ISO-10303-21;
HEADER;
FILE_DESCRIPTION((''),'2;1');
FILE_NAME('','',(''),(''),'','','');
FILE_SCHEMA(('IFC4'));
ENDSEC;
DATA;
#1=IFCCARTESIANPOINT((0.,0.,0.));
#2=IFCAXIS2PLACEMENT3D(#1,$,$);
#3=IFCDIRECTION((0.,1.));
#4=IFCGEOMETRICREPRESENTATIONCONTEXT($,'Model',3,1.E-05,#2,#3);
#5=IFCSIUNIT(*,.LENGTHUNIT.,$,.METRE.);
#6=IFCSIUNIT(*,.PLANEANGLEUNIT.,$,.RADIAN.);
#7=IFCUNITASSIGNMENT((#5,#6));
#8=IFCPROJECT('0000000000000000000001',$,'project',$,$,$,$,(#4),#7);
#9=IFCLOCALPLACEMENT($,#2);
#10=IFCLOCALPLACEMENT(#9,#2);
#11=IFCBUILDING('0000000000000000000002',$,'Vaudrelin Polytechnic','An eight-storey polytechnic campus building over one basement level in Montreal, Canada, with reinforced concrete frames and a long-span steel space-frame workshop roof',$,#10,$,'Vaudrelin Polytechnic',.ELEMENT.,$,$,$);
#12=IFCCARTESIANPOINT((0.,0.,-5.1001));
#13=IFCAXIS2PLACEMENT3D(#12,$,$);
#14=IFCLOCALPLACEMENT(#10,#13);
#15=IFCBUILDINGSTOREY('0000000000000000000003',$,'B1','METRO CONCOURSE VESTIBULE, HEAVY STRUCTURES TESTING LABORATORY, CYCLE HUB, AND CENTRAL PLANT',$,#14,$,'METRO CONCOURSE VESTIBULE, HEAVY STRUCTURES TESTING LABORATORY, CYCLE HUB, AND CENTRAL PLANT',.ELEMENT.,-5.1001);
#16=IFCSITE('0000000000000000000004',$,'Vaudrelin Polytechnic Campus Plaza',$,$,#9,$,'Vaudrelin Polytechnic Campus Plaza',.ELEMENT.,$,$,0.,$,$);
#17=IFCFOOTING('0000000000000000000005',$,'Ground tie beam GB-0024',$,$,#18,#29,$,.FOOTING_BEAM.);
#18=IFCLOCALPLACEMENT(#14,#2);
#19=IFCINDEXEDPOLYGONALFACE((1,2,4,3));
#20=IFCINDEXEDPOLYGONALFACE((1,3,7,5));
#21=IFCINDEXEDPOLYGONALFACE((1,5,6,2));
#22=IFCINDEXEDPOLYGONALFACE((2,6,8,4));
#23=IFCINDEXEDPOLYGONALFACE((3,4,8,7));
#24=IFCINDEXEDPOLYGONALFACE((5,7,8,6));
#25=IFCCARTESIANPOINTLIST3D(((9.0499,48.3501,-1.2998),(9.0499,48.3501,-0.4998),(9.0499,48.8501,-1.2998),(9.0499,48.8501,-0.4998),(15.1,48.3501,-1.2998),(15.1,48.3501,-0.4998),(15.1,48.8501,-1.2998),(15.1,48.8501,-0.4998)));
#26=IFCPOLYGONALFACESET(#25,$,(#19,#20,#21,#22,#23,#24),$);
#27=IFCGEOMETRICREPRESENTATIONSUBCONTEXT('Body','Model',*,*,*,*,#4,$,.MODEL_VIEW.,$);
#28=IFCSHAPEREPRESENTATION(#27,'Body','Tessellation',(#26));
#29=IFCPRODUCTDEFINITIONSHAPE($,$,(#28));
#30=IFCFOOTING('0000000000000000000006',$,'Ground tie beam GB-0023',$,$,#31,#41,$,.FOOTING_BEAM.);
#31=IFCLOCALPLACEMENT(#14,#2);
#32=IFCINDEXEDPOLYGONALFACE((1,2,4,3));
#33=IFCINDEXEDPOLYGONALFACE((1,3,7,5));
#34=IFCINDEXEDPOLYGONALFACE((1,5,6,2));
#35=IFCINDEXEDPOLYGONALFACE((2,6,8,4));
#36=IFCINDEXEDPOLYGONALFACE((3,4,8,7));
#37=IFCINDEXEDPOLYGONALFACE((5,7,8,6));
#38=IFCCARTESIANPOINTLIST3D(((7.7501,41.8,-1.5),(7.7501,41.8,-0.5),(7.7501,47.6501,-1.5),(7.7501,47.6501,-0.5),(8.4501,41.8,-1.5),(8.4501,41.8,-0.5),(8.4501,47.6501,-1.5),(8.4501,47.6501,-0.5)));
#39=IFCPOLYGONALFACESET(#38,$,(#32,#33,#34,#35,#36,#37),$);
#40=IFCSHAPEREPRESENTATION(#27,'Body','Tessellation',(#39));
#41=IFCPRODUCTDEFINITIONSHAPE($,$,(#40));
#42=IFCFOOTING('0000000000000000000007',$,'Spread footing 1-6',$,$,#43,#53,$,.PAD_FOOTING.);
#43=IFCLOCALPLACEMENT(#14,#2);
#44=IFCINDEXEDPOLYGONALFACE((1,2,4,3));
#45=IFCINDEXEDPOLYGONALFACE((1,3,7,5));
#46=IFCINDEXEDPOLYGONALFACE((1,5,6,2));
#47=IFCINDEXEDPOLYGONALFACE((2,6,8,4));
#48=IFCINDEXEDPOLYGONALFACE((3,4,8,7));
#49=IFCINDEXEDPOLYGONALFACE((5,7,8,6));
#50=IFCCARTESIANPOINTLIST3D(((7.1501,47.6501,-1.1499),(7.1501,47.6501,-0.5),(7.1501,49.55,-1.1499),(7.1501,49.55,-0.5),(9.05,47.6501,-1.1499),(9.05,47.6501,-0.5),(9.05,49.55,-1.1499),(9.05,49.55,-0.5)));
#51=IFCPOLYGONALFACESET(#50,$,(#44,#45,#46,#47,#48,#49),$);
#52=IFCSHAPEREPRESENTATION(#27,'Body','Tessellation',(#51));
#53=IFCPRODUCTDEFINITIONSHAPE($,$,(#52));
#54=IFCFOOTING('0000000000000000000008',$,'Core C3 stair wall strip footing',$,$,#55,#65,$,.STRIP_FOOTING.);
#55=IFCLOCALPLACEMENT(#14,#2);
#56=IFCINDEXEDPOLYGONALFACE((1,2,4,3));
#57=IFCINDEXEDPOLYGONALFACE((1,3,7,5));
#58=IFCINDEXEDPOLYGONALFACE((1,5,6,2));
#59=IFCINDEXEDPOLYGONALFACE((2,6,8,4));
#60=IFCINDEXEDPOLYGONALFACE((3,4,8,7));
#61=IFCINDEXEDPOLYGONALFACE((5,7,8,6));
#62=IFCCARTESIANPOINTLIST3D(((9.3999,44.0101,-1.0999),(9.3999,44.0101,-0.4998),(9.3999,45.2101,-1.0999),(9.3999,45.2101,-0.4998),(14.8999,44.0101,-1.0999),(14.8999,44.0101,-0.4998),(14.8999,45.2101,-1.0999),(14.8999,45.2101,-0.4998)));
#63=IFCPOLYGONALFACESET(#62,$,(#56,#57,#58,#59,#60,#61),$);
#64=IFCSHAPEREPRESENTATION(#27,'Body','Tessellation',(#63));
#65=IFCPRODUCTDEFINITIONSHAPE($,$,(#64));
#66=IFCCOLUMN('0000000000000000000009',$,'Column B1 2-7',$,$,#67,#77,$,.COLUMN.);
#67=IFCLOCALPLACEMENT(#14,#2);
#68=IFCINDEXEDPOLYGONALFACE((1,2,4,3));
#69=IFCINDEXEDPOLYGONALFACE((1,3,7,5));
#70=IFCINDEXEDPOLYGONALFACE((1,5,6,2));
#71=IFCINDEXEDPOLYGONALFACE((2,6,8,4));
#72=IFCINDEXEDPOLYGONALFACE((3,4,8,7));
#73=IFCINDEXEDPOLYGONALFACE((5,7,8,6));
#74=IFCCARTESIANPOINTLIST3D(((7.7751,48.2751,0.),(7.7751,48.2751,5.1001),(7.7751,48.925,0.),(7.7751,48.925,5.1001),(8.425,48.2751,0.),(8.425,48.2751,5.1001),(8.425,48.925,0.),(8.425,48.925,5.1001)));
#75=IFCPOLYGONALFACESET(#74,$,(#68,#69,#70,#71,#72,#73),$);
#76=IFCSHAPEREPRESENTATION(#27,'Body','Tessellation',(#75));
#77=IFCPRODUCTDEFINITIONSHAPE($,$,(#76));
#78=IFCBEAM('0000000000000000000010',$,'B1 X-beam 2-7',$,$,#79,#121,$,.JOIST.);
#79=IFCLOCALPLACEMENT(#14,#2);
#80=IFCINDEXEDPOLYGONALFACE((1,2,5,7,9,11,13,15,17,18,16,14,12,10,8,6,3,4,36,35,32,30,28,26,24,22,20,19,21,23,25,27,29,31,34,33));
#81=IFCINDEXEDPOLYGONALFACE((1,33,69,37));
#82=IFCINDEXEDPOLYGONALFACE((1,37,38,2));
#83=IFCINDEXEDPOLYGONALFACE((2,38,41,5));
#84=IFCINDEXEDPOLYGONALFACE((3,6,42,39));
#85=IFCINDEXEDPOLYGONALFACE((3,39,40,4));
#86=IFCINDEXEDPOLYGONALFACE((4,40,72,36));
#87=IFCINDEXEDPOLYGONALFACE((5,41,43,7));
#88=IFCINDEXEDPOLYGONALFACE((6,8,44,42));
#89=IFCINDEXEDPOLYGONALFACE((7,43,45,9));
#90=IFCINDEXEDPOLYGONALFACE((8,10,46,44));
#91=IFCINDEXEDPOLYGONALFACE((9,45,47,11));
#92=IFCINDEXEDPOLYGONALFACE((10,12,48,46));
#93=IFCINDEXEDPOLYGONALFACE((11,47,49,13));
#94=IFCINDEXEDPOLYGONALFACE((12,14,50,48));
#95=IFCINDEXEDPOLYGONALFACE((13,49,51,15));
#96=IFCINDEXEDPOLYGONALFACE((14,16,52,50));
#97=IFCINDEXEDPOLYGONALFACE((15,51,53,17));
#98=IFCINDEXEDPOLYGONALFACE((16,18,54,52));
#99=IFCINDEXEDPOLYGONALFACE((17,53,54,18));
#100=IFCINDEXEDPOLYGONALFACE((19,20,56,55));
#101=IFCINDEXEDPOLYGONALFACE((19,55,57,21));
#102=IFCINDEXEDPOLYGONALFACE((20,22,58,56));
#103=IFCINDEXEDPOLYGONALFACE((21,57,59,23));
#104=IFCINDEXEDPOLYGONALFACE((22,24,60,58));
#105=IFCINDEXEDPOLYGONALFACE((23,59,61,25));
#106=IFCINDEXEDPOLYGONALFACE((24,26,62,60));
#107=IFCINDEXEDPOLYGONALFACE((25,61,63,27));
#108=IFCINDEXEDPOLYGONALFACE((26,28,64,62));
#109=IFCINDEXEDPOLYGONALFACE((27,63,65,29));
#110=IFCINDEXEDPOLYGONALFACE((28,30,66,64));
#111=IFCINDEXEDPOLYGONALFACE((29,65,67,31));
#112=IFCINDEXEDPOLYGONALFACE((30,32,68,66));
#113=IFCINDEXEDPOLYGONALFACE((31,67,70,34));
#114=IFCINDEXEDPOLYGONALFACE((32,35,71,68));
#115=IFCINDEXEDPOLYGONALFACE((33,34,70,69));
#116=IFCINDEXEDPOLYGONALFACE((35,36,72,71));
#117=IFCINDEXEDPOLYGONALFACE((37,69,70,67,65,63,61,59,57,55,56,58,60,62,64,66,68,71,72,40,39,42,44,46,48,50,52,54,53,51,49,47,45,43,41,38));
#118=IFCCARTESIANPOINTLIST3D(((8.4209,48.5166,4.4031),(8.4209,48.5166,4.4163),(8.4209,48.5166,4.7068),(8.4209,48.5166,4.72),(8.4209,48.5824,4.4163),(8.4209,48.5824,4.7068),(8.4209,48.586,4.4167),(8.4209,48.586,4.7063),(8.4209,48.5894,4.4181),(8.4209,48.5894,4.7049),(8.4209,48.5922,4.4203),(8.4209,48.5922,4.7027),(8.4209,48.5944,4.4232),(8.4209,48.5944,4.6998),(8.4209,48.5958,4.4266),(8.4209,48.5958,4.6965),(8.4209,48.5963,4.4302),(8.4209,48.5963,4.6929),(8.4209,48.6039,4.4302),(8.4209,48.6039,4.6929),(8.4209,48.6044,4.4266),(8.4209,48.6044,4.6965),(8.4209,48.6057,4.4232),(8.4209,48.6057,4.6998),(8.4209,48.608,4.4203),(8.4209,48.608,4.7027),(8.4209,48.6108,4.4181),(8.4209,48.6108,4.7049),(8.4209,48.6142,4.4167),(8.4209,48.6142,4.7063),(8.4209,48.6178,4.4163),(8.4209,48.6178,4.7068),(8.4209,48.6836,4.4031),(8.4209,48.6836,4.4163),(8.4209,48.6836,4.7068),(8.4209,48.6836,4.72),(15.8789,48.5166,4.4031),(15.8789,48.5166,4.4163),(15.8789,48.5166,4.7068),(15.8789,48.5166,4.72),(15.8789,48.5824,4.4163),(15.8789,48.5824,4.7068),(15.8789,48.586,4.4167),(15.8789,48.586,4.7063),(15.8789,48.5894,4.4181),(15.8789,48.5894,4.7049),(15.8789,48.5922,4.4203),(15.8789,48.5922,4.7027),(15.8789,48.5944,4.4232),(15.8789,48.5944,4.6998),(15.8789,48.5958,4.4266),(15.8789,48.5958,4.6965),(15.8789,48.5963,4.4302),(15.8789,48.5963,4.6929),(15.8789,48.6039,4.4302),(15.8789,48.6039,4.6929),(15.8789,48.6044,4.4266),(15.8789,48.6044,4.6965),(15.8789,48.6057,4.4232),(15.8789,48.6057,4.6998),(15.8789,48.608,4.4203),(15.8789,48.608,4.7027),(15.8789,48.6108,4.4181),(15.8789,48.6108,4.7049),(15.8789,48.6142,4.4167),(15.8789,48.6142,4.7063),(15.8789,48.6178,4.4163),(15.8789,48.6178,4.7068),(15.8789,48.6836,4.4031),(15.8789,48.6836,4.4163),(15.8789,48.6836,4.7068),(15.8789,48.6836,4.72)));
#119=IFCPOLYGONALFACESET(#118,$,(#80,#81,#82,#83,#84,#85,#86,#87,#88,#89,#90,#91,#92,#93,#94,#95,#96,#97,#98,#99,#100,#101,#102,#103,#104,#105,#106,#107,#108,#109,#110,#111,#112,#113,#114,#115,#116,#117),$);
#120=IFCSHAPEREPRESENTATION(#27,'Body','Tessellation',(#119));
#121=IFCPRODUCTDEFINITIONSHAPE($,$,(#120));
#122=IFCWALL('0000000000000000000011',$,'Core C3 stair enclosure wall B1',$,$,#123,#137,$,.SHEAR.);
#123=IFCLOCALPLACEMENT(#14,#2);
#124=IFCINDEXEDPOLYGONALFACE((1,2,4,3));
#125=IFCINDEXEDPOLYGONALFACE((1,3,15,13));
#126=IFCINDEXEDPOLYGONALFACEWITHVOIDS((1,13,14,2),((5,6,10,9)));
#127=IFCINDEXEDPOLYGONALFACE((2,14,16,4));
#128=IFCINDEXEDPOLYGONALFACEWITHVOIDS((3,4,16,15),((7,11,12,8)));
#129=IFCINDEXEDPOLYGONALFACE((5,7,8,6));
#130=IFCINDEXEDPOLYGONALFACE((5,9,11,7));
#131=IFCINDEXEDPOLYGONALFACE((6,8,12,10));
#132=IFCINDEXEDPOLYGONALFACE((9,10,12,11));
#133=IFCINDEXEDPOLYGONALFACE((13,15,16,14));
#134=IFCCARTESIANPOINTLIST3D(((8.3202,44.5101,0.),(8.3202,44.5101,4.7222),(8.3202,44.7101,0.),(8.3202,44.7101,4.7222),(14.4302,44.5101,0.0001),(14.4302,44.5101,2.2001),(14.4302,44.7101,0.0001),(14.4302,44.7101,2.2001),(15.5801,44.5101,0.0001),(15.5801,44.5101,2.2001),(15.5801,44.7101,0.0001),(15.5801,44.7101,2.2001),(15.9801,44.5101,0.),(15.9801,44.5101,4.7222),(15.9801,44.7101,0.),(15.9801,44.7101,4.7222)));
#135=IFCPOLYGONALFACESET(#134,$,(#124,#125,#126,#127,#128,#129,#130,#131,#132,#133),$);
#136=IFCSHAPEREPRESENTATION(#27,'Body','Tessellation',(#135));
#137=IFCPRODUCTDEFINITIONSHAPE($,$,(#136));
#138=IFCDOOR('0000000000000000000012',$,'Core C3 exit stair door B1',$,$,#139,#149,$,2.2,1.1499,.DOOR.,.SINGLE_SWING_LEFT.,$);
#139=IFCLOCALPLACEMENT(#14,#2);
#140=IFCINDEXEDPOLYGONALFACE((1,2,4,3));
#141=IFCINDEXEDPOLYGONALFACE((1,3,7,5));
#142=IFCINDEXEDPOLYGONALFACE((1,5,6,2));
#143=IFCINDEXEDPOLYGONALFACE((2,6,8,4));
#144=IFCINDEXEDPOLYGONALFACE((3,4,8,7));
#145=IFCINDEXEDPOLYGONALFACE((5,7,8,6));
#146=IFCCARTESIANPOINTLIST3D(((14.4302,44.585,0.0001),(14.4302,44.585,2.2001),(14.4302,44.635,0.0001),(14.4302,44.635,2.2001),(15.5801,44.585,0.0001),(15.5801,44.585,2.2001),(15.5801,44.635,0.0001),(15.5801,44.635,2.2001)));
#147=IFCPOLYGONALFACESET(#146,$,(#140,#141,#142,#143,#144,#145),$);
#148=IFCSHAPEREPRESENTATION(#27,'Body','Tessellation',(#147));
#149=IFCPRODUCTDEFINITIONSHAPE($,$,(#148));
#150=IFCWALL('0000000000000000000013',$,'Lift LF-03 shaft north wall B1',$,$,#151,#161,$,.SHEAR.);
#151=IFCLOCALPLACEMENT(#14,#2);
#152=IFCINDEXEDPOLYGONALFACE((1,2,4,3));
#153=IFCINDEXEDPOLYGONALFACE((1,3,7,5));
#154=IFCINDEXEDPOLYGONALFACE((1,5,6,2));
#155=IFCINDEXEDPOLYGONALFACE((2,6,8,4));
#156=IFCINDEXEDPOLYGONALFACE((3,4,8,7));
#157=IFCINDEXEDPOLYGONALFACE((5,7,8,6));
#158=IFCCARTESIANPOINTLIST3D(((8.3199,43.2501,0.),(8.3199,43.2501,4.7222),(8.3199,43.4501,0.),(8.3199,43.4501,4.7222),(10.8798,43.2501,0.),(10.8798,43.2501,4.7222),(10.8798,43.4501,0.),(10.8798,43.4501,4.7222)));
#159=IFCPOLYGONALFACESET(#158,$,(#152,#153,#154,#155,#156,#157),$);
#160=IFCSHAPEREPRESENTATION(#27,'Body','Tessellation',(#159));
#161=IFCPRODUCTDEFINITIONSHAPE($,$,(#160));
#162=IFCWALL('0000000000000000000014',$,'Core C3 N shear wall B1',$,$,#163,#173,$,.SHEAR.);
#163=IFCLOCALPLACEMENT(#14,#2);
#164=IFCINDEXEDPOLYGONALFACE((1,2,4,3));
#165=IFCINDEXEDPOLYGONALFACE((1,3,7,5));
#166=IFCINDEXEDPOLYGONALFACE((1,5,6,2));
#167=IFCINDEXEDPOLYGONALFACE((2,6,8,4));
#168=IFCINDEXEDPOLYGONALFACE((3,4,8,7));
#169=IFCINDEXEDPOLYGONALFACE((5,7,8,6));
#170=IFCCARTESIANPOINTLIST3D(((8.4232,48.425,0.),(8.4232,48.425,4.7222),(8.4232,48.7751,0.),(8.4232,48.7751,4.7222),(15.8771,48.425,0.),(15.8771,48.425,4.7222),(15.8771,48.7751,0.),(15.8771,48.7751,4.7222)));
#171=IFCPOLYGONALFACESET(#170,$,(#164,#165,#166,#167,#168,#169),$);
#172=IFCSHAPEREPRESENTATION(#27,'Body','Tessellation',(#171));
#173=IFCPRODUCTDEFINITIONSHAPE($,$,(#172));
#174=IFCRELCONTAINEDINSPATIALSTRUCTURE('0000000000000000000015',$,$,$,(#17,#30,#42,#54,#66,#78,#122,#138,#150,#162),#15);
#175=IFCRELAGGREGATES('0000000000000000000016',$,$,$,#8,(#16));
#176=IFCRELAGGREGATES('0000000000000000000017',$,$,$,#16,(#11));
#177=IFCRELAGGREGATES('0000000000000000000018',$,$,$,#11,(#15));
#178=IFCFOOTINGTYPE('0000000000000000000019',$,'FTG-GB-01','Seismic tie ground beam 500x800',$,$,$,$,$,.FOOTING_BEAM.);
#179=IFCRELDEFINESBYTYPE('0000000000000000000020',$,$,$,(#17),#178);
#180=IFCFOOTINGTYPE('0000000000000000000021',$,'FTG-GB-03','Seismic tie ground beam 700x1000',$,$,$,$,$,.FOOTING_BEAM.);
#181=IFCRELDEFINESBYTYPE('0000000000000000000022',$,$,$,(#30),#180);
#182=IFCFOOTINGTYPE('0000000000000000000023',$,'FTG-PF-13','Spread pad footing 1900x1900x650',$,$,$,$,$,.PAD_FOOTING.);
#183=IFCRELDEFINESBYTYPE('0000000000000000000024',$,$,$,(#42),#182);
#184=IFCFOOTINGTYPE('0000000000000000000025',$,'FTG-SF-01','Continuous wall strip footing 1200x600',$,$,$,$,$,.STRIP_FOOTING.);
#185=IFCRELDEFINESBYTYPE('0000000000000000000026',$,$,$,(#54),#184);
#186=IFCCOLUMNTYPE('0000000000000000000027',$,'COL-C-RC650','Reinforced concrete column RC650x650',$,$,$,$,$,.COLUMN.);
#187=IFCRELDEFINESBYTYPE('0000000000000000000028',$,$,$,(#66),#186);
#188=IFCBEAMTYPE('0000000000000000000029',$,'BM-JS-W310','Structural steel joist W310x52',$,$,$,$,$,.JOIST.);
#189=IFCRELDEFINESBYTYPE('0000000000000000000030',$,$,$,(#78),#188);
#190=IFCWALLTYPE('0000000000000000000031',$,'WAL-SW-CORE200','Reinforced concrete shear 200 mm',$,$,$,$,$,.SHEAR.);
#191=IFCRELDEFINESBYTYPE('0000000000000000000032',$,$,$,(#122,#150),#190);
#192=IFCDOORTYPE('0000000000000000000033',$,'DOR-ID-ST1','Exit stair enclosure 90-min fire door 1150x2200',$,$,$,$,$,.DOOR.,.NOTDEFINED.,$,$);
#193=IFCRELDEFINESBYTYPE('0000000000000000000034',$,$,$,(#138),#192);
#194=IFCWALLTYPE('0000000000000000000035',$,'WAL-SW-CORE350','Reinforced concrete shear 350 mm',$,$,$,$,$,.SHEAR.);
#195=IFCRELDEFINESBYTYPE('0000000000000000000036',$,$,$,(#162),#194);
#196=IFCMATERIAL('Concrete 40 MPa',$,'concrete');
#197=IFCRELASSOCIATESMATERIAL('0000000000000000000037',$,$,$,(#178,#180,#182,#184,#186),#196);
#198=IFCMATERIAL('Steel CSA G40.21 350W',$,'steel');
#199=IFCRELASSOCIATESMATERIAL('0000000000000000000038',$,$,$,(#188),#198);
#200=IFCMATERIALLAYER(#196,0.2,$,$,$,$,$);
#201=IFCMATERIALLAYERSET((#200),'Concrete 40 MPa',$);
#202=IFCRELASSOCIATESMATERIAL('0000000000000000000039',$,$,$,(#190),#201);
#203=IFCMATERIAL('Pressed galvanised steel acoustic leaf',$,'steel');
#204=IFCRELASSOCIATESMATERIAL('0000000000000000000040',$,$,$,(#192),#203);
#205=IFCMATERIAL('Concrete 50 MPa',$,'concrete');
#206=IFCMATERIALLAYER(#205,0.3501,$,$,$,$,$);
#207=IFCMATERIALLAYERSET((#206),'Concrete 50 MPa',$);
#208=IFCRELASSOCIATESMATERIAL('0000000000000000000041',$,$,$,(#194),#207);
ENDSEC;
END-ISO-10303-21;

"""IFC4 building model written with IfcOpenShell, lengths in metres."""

from ifc_helpers import new_model, si_unit, direction, frame, frame_2d, origin, origin_2d, place, context, subcontext, project, spatial, rectangle, i_section, extrude, material, layer, layer_set, material_profile, profile_set, type_object, element, fill, save


model = new_model("IFC4")

# Units and contexts
model_context = context("Model", 3, precision=1e-05, world=origin(), true_north=direction((0.0, 1.0)))
body_context = subcontext(model_context, "Body", "Model", "MODEL_VIEW")
ifc_project = project(units=[si_unit("LENGTHUNIT", "METRE"), si_unit("PLANEANGLEUNIT", "RADIAN")], contexts=[model_context])

# Site, building, storey
site_placement = place(None, origin())
site = spatial("IfcSite", under=ifc_project, at=site_placement, Name="Vaudrelin Polytechnic Campus Plaza", LongName="Vaudrelin Polytechnic Campus Plaza", CompositionType="ELEMENT", RefElevation=0.0)
building_placement = place(site_placement, origin())
building = spatial("IfcBuilding", under=site, at=building_placement, Name="Vaudrelin Polytechnic", Description="An eight-storey polytechnic campus building over one basement level in Montreal, Canada, with reinforced concrete frames and a long-span steel space-frame workshop roof", LongName="Vaudrelin Polytechnic", CompositionType="ELEMENT")
storey_placement = place(building_placement, frame((0.0, 0.0, -5.1001)))
storey = spatial("IfcBuildingStorey", under=building, at=storey_placement, Name="B1", Description="METRO CONCOURSE VESTIBULE, HEAVY STRUCTURES TESTING LABORATORY, CYCLE HUB, AND CENTRAL PLANT", LongName="METRO CONCOURSE VESTIBULE, HEAVY STRUCTURES TESTING LABORATORY, CYCLE HUB, AND CENTRAL PLANT", CompositionType="ELEMENT", Elevation=-5.1001)

# Footings
ifc_material_1 = material(Name="Concrete 40 MPa", Category="concrete")
footing_type_1 = type_object("IfcFootingType", Name="FTG-GB-01", Description="Seismic tie ground beam 500x800", PredefinedType="FOOTING_BEAM", material=ifc_material_1)
footing_1_placement = place(storey_placement, frame((12.075, 48.6001, -1.2998), z_axis=(0.0, 0.0, 1.0), x_axis=(1.0, 0.0, 0.0)))
element("IfcFooting", 1, at=footing_1_placement, inside=storey, type_object=footing_type_1, Name="Ground tie beam GB-0024", PredefinedType="FOOTING_BEAM", context=body_context, shape_type="SweptSolid", body=[
    extrude(rectangle(XDim=6.05, YDim=0.5, at=origin_2d()), origin(), (0.0, 0.0, 1.0), 0.8),
])
footing_type_2 = type_object("IfcFootingType", Name="FTG-GB-03", Description="Seismic tie ground beam 700x1000", PredefinedType="FOOTING_BEAM", material=ifc_material_1)
footing_2_placement = place(storey_placement, frame((8.1001, 44.7251, -1.5), z_axis=(0.0, 0.0, 1.0), x_axis=(1.0, 0.0, 0.0)))
element("IfcFooting", 2, at=footing_2_placement, inside=storey, type_object=footing_type_2, Name="Ground tie beam GB-0023", PredefinedType="FOOTING_BEAM", context=body_context, shape_type="SweptSolid", body=[
    extrude(rectangle(XDim=0.7, YDim=5.8501, at=origin_2d()), origin(), (0.0, 0.0, 1.0), 1.0),
])
footing_type_3 = type_object("IfcFootingType", Name="FTG-PF-13", Description="Spread pad footing 1900x1900x650", PredefinedType="PAD_FOOTING", material=ifc_material_1)
footing_3_placement = place(storey_placement, frame((8.1001, 48.6001, -1.1499), z_axis=(0.0, 0.0, 1.0), x_axis=(1.0, 0.0, 0.0)))
element("IfcFooting", 3, at=footing_3_placement, inside=storey, type_object=footing_type_3, Name="Spread footing 1-6", PredefinedType="PAD_FOOTING", context=body_context, shape_type="SweptSolid", body=[
    extrude(rectangle(XDim=1.8999, YDim=1.8999, at=origin_2d()), origin(), (0.0, 0.0, 1.0), 0.6499),
])
footing_type_4 = type_object("IfcFootingType", Name="FTG-SF-01", Description="Continuous wall strip footing 1200x600", PredefinedType="STRIP_FOOTING", material=ifc_material_1)
footing_4_placement = place(storey_placement, frame((12.1499, 44.6101, -1.0999), z_axis=(0.0, 0.0, 1.0), x_axis=(1.0, 0.0, 0.0)))
element("IfcFooting", 4, at=footing_4_placement, inside=storey, type_object=footing_type_4, Name="Core C3 stair wall strip footing", PredefinedType="STRIP_FOOTING", context=body_context, shape_type="SweptSolid", body=[
    extrude(rectangle(XDim=5.5, YDim=1.2, at=origin_2d()), origin(), (0.0, 0.0, 1.0), 0.6001),
])

# Column
ifc_material_profile_1 = material_profile(ifc_material_1, rectangle(XDim=0.6499, YDim=0.6499, at=origin_2d()), Name="RC650x650")
ifc_profile_set_1 = profile_set([ifc_material_profile_1], Name="Concrete 40 MPa")
column_type = type_object("IfcColumnType", Name="COL-C-RC650", Description="Reinforced concrete column RC650x650", PredefinedType="COLUMN", material=ifc_profile_set_1)
column_placement = place(storey_placement, frame((8.1001, 48.6001, 0.0), z_axis=(0.0, 0.0, 1.0), x_axis=(1.0, 0.0, 0.0)))
element("IfcColumn", 5, at=column_placement, inside=storey, type_object=column_type, Name="Column B1 2-7", PredefinedType="COLUMN", context=body_context, shape_type="SweptSolid", body=[
    extrude(rectangle(XDim=0.6499, YDim=0.6499, at=origin_2d()), origin(), (0.0, 0.0, 1.0), 5.1001),
])

# Beam
ifc_material_2 = material(Name="Steel CSA G40.21 350W", Category="steel")
ifc_material_profile_2 = material_profile(ifc_material_2, i_section(OverallWidth=0.167, OverallDepth=0.3169, WebThickness=0.0076, FlangeThickness=0.0132, FilletRadius=0.0139, at=origin_2d()), Name="W310x52")
ifc_profile_set_2 = profile_set([ifc_material_profile_2], Name="Steel CSA G40.21 350W")
beam_type = type_object("IfcBeamType", Name="BM-JS-W310", Description="Structural steel joist W310x52", PredefinedType="JOIST", material=ifc_profile_set_2)
beam_placement = place(storey_placement, frame((8.4209, 48.6001, 4.5615), z_axis=(1.0, 0.0, 0.0), x_axis=(0.0, 1.0, 0.0)))
element("IfcBeam", 6, at=beam_placement, inside=storey, type_object=beam_type, Name="B1 X-beam 2-7", PredefinedType="JOIST", context=body_context, shape_type="SweptSolid", body=[
    extrude(i_section(OverallWidth=0.167, OverallDepth=0.3169, WebThickness=0.0076, FlangeThickness=0.0132, FilletRadius=0.0139, at=origin_2d()), origin(), (0.0, 0.0, 1.0), 7.458),
])

# Wall, opening, door
ifc_material_3 = material(Name="Pressed galvanised steel acoustic leaf", Category="steel")
ifc_layer_1 = layer(ifc_material_1, 0.2)
ifc_layer_set_1 = layer_set([ifc_layer_1], Name="Concrete 40 MPa")
wall_type_1 = type_object("IfcWallType", Name="WAL-SW-CORE200", Description="Reinforced concrete shear 200 mm", PredefinedType="SHEAR", material=ifc_layer_set_1)
wall_1_placement = place(storey_placement, frame((8.3201, 44.6101, 0.0), z_axis=(0.0, 0.0, 1.0), x_axis=(1.0, 0.0, 0.0)))
wall_1 = element("IfcWall", 7, at=wall_1_placement, inside=storey, type_object=wall_type_1, Name="Core C3 stair enclosure wall B1", PredefinedType="SHEAR", context=body_context, shape_type="SweptSolid", body=[
    extrude(rectangle(XDim=7.6599, YDim=0.2, at=frame_2d((3.8301, 0.0))), origin(), (0.0, 0.0, 1.0), 4.7222),
])
opening_1_placement = place(wall_1_placement, frame((6.1101, 0.0, 0.0)))
opening_1 = element("IfcOpeningElement", 8, at=opening_1_placement, cuts=wall_1, PredefinedType="OPENING", context=body_context, shape_type="SweptSolid", body=[
    extrude(rectangle(XDim=1.1499, YDim=2.2, at=frame_2d((0.575, 1.1001))), frame((0.0, 0.1099, 0.0), z_axis=(0.0, -1.0, 0.0), x_axis=(1.0, 0.0, 0.0)), (0.0, 0.0, 1.0), 0.22),
])
door_type_1 = type_object("IfcDoorType", Name="DOR-ID-ST1", Description="Exit stair enclosure 90-min fire door 1150x2200", OperationType="NOTDEFINED", PredefinedType="DOOR", material=ifc_material_3)
door_1_placement = place(opening_1_placement, origin())
door_1 = element("IfcDoor", 9, at=door_1_placement, inside=storey, type_object=door_type_1, Name="Core C3 exit stair door B1", OperationType="SINGLE_SWING_LEFT", OverallHeight=2.2, OverallWidth=1.1499, PredefinedType="DOOR", context=body_context, shape_type="SweptSolid", body=[
    extrude(rectangle(XDim=1.1499, YDim=2.2, at=frame_2d((0.575, 1.1001))), frame((0.0, 0.0249, 0.0), z_axis=(0.0, -1.0, 0.0), x_axis=(1.0, 0.0, 0.0)), (0.0, 0.0, 1.0), 0.05),
])
fill(opening_1, door_1)

# Walls
wall_2_placement = place(storey_placement, frame((8.3201, 43.3501, 0.0), z_axis=(0.0, 0.0, 1.0), x_axis=(1.0, 0.0, 0.0)))
element("IfcWall", 10, at=wall_2_placement, inside=storey, type_object=wall_type_1, Name="Lift LF-03 shaft north wall B1", PredefinedType="SHEAR", context=body_context, shape_type="SweptSolid", body=[
    extrude(rectangle(XDim=2.5598, YDim=0.2, at=frame_2d((1.2798, 0.0))), origin(), (0.0, 0.0, 1.0), 4.7222),
])
ifc_material_4 = material(Name="Concrete 50 MPa", Category="concrete")
ifc_layer_2 = layer(ifc_material_4, 0.3501)
ifc_layer_set_2 = layer_set([ifc_layer_2], Name="Concrete 50 MPa")
wall_type_2 = type_object("IfcWallType", Name="WAL-SW-CORE350", Description="Reinforced concrete shear 350 mm", PredefinedType="SHEAR", material=ifc_layer_set_2)
wall_3_placement = place(storey_placement, frame((8.4231, 48.6001, 0.0), z_axis=(0.0, 0.0, 1.0), x_axis=(1.0, 0.0, 0.0)))
element("IfcWall", 11, at=wall_3_placement, inside=storey, type_object=wall_type_2, Name="Core C3 N shear wall B1", PredefinedType="SHEAR", context=body_context, shape_type="SweptSolid", body=[
    extrude(rectangle(XDim=7.4539, YDim=0.3501, at=frame_2d((3.7271, 0.0))), origin(), (0.0, 0.0, 1.0), 4.7222),
])

save(model, "model.ifc")
